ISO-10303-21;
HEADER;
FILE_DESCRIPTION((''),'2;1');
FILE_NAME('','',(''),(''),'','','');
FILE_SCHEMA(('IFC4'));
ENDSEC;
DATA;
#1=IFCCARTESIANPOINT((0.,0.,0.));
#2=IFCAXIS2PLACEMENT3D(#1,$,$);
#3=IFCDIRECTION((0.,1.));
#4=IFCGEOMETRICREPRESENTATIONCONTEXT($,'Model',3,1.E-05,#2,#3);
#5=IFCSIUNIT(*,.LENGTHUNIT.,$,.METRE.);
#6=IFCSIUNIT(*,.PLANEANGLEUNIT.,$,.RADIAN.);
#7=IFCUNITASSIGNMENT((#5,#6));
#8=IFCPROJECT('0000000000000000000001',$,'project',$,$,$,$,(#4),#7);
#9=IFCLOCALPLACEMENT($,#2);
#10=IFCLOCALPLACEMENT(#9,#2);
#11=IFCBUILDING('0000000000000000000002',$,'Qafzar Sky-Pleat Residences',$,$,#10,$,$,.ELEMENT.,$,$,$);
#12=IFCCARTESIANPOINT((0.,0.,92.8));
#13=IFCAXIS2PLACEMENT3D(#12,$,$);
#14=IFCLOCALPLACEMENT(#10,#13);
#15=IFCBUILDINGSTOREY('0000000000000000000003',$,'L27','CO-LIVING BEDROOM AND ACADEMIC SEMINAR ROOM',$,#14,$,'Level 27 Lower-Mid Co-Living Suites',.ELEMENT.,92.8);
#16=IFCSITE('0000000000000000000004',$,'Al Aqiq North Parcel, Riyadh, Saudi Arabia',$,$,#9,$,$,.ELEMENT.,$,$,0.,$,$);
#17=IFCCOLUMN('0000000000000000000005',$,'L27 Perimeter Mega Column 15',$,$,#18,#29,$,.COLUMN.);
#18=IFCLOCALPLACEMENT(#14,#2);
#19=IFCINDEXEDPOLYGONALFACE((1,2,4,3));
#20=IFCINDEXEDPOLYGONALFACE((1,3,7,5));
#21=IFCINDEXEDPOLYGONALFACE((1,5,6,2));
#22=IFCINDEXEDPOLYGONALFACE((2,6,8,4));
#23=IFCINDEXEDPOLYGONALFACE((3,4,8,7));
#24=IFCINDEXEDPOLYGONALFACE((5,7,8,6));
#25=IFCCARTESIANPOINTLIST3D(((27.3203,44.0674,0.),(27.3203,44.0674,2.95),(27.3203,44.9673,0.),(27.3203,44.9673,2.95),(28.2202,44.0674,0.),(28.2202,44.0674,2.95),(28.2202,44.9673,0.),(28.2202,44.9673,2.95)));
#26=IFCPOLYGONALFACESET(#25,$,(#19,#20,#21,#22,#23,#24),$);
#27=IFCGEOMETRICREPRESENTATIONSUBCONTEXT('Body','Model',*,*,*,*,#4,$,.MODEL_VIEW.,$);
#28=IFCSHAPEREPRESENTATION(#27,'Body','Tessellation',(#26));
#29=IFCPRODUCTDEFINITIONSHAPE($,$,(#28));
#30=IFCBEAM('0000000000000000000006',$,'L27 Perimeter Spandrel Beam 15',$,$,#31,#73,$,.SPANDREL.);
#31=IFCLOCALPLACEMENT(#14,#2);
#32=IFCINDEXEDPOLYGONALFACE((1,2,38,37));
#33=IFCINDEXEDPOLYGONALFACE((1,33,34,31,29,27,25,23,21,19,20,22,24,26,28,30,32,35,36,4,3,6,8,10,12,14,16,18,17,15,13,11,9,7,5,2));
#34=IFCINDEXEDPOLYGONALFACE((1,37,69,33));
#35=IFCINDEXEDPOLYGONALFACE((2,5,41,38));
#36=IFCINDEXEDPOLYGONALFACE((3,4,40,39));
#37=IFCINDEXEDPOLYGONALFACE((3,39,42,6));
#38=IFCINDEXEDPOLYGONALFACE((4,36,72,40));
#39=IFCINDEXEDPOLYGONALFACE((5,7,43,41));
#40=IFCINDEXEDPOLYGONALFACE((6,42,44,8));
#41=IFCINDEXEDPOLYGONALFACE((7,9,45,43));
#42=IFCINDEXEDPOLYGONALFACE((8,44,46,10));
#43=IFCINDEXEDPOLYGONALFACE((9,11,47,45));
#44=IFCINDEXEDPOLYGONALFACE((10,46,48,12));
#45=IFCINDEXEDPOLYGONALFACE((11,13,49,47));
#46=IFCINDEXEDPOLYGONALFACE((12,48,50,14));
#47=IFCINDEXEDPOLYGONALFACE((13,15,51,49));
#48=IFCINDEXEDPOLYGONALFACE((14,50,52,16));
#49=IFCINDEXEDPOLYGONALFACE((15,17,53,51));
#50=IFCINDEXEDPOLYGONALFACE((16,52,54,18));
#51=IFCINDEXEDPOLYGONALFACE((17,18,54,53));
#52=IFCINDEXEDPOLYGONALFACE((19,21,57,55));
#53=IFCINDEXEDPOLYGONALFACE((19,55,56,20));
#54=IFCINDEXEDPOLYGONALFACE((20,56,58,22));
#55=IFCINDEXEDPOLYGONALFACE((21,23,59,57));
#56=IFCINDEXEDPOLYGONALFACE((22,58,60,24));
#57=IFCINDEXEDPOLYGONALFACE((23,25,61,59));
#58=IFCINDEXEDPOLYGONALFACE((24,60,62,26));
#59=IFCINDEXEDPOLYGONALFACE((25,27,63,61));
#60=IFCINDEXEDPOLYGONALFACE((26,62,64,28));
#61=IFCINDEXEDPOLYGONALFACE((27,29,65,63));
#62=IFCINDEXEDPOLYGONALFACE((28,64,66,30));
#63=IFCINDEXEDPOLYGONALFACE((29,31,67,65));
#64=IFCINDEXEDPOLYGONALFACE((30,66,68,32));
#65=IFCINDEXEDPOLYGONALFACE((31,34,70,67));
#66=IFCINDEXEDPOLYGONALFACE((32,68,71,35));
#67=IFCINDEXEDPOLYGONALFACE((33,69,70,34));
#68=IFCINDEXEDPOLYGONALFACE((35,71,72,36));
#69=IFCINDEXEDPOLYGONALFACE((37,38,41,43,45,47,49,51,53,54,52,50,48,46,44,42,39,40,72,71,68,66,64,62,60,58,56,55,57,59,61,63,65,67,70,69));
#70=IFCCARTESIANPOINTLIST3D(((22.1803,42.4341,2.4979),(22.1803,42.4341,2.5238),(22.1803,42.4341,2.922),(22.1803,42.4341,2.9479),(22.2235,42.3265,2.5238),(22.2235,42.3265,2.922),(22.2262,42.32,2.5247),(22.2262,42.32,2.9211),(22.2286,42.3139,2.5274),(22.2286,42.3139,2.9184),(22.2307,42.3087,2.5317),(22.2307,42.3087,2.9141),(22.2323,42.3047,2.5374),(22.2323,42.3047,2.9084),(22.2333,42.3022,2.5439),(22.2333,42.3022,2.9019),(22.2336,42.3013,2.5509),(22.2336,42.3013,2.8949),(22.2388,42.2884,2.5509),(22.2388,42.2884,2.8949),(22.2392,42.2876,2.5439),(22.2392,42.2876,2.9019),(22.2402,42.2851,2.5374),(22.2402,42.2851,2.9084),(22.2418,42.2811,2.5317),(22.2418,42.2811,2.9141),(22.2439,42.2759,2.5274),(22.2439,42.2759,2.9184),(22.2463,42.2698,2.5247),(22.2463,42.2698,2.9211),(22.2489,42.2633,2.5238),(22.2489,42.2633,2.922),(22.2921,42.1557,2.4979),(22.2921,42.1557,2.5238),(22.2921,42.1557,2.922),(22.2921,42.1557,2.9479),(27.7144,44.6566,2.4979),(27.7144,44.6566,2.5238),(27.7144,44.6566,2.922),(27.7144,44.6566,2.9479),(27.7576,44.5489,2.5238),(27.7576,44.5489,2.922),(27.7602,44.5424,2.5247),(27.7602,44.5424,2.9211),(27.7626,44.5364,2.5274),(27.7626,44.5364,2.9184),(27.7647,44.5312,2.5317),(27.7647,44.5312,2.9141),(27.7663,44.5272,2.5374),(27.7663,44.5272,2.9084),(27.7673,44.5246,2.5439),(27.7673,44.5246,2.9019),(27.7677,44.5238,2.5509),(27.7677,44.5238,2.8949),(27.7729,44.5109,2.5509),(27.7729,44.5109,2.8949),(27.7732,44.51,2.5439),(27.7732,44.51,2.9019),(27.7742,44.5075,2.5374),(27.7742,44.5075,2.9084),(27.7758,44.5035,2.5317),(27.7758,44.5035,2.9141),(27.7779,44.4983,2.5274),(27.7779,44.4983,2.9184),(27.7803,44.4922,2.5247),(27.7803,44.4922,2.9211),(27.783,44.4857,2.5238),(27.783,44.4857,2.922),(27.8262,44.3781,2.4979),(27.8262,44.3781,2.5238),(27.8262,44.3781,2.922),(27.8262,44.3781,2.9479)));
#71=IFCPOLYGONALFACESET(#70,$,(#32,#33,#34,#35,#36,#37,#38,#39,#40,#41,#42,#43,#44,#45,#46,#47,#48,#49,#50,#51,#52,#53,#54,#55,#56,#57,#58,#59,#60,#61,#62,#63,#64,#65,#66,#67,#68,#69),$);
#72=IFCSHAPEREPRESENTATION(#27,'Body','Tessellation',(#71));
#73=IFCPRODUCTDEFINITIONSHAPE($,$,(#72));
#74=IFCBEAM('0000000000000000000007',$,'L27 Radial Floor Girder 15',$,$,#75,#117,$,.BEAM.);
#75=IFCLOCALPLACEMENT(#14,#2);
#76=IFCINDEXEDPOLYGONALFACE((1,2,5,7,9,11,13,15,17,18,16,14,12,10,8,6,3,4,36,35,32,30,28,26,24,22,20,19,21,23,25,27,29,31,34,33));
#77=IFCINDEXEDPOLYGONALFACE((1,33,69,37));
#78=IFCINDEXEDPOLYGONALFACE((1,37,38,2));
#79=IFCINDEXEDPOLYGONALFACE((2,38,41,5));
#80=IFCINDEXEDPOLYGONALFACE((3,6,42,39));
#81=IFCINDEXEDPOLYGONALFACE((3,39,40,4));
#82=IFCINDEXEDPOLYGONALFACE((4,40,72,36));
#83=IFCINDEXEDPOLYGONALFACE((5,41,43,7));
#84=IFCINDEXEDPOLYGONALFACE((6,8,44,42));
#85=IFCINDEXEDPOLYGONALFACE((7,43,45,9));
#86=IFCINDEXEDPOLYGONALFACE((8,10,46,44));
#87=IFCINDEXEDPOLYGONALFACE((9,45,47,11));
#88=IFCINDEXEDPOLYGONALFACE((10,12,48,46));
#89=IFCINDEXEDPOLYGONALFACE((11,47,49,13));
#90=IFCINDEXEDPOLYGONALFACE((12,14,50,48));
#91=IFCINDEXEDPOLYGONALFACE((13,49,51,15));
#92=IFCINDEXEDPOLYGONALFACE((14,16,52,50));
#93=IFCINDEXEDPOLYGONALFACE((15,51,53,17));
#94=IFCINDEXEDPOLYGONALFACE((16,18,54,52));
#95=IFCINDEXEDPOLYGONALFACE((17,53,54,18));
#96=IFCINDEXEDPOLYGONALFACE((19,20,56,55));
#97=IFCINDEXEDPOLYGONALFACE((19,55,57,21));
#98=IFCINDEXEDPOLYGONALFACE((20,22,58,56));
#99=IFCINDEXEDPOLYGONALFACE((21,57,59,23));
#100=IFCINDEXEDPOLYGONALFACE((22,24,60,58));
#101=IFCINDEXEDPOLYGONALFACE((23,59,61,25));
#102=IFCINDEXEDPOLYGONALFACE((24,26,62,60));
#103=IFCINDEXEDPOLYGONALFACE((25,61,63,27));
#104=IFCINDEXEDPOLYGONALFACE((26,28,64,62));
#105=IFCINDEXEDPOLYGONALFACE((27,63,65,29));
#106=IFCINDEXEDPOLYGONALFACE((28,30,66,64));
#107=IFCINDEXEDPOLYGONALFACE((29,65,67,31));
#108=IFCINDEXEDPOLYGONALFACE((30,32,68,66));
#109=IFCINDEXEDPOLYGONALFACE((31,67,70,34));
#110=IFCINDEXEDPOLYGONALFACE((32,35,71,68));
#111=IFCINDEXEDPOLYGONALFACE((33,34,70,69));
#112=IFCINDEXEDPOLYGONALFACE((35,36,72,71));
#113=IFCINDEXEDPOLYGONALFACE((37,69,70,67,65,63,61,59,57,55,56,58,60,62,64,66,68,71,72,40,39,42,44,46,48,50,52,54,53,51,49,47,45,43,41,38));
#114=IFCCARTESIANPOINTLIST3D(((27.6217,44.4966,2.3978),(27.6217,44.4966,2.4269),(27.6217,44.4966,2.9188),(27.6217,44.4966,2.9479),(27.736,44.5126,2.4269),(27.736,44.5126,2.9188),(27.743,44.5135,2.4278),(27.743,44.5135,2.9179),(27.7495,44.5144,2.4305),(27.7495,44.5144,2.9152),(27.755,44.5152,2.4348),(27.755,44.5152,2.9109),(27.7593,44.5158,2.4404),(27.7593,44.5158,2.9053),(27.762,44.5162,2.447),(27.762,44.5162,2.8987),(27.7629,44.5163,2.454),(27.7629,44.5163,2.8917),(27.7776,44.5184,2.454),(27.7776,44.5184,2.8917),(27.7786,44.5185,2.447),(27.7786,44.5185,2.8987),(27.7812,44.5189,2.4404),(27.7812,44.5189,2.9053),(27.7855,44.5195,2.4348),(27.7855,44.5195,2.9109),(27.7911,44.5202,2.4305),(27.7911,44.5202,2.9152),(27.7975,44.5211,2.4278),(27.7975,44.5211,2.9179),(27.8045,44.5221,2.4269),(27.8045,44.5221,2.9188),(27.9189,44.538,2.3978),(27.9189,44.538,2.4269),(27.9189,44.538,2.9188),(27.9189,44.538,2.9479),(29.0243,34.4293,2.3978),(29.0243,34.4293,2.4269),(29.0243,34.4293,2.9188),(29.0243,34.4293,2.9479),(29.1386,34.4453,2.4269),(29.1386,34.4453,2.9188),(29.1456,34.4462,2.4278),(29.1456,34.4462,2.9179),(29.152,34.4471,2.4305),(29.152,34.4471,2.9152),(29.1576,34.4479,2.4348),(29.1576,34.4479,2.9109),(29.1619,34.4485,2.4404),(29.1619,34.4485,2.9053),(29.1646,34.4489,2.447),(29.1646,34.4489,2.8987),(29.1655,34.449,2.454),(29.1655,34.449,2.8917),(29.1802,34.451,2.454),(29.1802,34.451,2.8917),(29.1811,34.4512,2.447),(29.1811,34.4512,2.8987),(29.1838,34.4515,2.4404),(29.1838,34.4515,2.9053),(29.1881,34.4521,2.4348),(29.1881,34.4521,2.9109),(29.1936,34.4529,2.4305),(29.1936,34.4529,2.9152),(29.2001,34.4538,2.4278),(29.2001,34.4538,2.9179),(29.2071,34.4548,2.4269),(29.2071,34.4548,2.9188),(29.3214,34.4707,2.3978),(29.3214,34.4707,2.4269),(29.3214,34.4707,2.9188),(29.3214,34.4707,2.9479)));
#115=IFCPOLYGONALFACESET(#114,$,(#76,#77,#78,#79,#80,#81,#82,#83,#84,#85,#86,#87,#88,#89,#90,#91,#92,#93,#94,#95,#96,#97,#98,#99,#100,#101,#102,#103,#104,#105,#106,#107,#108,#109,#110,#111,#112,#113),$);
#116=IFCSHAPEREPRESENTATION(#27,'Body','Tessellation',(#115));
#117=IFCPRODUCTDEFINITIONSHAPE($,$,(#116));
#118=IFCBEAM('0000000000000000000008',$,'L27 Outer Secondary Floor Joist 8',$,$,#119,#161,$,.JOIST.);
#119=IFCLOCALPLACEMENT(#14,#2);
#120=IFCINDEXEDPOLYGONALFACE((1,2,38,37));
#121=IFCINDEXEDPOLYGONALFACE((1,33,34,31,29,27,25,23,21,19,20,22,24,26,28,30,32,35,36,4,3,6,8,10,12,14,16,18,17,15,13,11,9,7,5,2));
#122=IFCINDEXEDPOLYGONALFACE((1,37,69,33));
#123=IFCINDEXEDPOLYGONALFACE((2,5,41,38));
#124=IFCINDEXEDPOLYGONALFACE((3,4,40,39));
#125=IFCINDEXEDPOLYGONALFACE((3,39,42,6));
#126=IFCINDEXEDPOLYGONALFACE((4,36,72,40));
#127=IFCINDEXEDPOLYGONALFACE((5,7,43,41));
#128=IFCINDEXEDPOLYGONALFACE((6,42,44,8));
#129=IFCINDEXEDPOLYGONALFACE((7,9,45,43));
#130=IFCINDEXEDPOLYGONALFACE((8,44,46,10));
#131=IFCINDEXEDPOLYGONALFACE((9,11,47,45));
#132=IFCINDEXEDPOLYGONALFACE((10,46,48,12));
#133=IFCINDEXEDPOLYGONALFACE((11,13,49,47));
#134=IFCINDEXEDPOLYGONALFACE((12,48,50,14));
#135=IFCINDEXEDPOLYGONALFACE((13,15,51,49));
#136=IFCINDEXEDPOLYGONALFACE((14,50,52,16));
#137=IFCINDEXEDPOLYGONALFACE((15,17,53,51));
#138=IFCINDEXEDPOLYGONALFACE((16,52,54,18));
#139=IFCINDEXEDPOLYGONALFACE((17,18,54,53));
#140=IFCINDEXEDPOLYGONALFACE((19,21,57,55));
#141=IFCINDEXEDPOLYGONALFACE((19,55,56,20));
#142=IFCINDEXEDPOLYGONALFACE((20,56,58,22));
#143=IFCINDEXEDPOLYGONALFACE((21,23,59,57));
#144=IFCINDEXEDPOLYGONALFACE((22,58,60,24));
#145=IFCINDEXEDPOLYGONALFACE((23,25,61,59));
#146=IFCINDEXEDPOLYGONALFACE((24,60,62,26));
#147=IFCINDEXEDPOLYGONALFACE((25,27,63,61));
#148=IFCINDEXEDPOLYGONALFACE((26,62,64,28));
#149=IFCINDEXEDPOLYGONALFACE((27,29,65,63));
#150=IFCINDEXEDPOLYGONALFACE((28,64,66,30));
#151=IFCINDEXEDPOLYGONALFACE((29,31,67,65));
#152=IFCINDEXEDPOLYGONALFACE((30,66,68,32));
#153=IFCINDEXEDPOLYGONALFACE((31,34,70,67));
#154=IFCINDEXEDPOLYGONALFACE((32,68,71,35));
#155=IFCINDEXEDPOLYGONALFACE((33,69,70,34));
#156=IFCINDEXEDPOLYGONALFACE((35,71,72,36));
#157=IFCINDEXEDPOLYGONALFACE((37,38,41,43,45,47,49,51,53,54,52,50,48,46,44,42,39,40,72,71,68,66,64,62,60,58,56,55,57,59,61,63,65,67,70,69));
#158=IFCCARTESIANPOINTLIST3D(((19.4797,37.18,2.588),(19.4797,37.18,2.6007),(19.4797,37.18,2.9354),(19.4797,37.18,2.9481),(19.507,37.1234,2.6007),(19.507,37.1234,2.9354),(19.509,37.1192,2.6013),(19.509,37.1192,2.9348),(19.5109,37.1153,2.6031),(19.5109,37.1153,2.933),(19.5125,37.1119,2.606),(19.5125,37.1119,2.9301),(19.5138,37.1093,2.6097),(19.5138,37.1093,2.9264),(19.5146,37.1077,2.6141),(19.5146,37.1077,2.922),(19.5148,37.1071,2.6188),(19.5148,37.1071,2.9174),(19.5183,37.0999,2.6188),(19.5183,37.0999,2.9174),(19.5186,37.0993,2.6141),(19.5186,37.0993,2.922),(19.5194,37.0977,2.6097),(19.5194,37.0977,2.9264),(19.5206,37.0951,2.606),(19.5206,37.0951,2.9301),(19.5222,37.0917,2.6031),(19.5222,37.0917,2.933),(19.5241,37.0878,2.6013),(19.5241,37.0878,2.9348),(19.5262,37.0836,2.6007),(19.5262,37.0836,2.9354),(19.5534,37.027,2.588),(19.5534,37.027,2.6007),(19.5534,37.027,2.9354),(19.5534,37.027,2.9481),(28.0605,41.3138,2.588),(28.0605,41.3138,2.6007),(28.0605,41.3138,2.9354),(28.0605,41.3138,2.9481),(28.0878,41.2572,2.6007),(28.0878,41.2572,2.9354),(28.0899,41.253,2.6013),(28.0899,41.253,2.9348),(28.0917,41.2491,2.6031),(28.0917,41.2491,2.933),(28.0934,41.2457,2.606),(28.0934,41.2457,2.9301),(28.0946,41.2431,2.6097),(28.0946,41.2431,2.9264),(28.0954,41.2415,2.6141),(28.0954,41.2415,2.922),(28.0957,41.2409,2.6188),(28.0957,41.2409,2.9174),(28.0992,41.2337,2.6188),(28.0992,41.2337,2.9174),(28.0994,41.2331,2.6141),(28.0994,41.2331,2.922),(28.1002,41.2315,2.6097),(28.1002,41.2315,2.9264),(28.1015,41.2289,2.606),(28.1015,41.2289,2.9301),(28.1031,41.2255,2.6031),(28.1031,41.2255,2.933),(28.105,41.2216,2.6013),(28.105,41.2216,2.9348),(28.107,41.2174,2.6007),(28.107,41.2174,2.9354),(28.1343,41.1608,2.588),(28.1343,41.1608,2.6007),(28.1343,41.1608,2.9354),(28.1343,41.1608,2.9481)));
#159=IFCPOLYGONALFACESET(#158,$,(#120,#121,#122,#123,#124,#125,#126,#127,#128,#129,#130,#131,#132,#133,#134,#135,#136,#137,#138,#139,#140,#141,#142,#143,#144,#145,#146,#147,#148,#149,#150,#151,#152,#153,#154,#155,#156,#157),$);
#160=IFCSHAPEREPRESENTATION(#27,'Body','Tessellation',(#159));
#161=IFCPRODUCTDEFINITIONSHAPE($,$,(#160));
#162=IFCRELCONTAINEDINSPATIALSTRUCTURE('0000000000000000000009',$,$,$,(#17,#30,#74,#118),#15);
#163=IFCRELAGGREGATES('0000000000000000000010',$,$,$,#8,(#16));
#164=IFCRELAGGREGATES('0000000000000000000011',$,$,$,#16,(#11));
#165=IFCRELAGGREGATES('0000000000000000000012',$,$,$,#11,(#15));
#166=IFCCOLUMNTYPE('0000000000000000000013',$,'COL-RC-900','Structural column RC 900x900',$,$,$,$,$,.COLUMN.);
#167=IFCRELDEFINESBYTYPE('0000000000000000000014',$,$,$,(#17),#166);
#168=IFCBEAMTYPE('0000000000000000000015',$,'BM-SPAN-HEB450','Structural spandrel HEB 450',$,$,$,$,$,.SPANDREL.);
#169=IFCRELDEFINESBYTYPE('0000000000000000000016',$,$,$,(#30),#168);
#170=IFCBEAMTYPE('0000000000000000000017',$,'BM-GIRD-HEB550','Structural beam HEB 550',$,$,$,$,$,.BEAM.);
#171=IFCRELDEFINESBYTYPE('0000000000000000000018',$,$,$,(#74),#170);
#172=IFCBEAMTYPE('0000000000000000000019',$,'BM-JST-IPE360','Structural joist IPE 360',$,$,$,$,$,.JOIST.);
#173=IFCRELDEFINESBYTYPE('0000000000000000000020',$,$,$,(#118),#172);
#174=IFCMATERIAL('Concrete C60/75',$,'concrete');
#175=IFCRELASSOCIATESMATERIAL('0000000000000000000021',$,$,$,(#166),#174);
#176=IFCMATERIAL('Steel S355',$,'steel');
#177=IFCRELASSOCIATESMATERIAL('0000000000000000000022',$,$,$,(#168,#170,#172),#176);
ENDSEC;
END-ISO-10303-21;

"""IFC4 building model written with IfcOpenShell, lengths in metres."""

from ifc_helpers import new_model, si_unit, direction, frame, origin, origin_2d, place, context, subcontext, project, spatial, rectangle, i_section, extrude, source, transform, mapped, material, material_profile, profile_set, type_object, element, save


model = new_model("IFC4")

# Units and contexts
model_context = context("Model", 3, precision=1e-05, world=origin(), true_north=direction((0.0, 1.0)))
body_context = subcontext(model_context, "Body", "Model", "MODEL_VIEW")
ifc_project = project(units=[si_unit("LENGTHUNIT", "METRE"), si_unit("PLANEANGLEUNIT", "RADIAN")], contexts=[model_context])

# Site, building, storey
site_placement = place(None, origin())
site = spatial("IfcSite", under=ifc_project, at=site_placement, Name="Al Aqiq North Parcel, Riyadh, Saudi Arabia", CompositionType="ELEMENT", RefElevation=0.0)
building_placement = place(site_placement, origin())
building = spatial("IfcBuilding", under=site, at=building_placement, Name="Qafzar Sky-Pleat Residences", CompositionType="ELEMENT")
storey_placement = place(building_placement, frame((0.0, 0.0, 92.8)))
storey = spatial("IfcBuildingStorey", under=building, at=storey_placement, Name="L27", Description="CO-LIVING BEDROOM AND ACADEMIC SEMINAR ROOM", LongName="Level 27 Lower-Mid Co-Living Suites", CompositionType="ELEMENT", Elevation=92.8)

# Column
ifc_material_1 = material(Name="Concrete C60/75", Category="concrete")
ifc_material_profile_1 = material_profile(ifc_material_1, rectangle(XDim=0.8999, YDim=0.8999, at=origin_2d()), Name="RC 900x900")
ifc_profile_set_1 = profile_set([ifc_material_profile_1], Name="Concrete C60/75")
column_type = type_object("IfcColumnType", Name="COL-RC-900", Description="Structural column RC 900x900", PredefinedType="COLUMN", material=ifc_profile_set_1)
shared_shape_1 = source(origin(), body_context, "Body", "SweptSolid", [
    extrude(rectangle(XDim=0.8999, YDim=0.8999, at=origin_2d()), origin(), (0.0, 0.0, 1.0), 2.95),
])
column_placement = place(storey_placement, frame((27.7703, 44.5173, 0.0), z_axis=(0.0, 0.0, 1.0), x_axis=(1.0, 0.0, 0.0)))
element("IfcColumn", 1, at=column_placement, inside=storey, type_object=column_type, Name="L27 Perimeter Mega Column 15", PredefinedType="COLUMN", context=body_context, shape_type="MappedRepresentation", body=[
    mapped(shared_shape_1, transform((0.0, 0.0, 0.0), x_axis=(1.0, 0.0, 0.0), y_axis=(0.0, 1.0, 0.0), z_axis=(0.0, 0.0, 1.0), scale=1.0)),
])

# Beams
ifc_material_2 = material(Name="Steel S355", Category="steel")
ifc_material_profile_2 = material_profile(ifc_material_2, i_section(OverallWidth=0.3, OverallDepth=0.45, WebThickness=0.0139, FlangeThickness=0.0259, FilletRadius=0.0271, at=origin_2d()), Name="HEB 450")
ifc_profile_set_2 = profile_set([ifc_material_profile_2], Name="Steel S355")
beam_type_1 = type_object("IfcBeamType", Name="BM-SPAN-HEB450", Description="Structural spandrel HEB 450", PredefinedType="SPANDREL", material=ifc_profile_set_2)
shared_shape_2 = source(origin(), body_context, "Body", "SweptSolid", [
    extrude(i_section(OverallWidth=0.3, OverallDepth=0.45, WebThickness=0.0139, FlangeThickness=0.0259, FilletRadius=0.0271, at=origin_2d()), origin(), (0.0, 0.0, 1.0), 5.9636),
])
beam_1_placement = place(storey_placement, frame((27.7703, 44.5173, 2.7229), z_axis=(-0.927965, -0.372668, 0.0), x_axis=(0.372668, -0.927965, 0.0)))
element("IfcBeam", 2, at=beam_1_placement, inside=storey, type_object=beam_type_1, Name="L27 Perimeter Spandrel Beam 15", PredefinedType="SPANDREL", context=body_context, shape_type="MappedRepresentation", body=[
    mapped(shared_shape_2, transform((0.0, 0.0, 0.0), x_axis=(1.0, 0.0, 0.0), y_axis=(0.0, 1.0, 0.0), z_axis=(0.0, 0.0, 1.0), scale=1.0)),
])
ifc_material_profile_3 = material_profile(ifc_material_2, i_section(OverallWidth=0.3, OverallDepth=0.55, WebThickness=0.0149, FlangeThickness=0.0291, FilletRadius=0.0271, at=origin_2d()), Name="HEB 550")
ifc_profile_set_3 = profile_set([ifc_material_profile_3], Name="Steel S355")
beam_type_2 = type_object("IfcBeamType", Name="BM-GIRD-HEB550", Description="Structural beam HEB 550", PredefinedType="BEAM", material=ifc_profile_set_3)
shared_shape_3 = source(origin(), body_context, "Body", "SweptSolid", [
    extrude(i_section(OverallWidth=0.3, OverallDepth=0.55, WebThickness=0.0149, FlangeThickness=0.0291, FilletRadius=0.0271, at=origin_2d()), origin(), (0.0, 0.0, 1.0), 10.1646),
])
beam_2_placement = place(storey_placement, frame((27.7703, 44.5173, 2.6729), z_axis=(0.137987, -0.990434, 0.0), x_axis=(0.990434, 0.137987, 0.0)))
element("IfcBeam", 3, at=beam_2_placement, inside=storey, type_object=beam_type_2, Name="L27 Radial Floor Girder 15", PredefinedType="BEAM", context=body_context, shape_type="MappedRepresentation", body=[
    mapped(shared_shape_3, transform((0.0, 0.0, 0.0), x_axis=(1.0, 0.0, 0.0), y_axis=(0.0, 1.0, 0.0), z_axis=(0.0, 0.0, 1.0), scale=1.0)),
])
ifc_material_profile_4 = material_profile(ifc_material_2, i_section(OverallWidth=0.1699, OverallDepth=0.3601, WebThickness=0.0081, FlangeThickness=0.0127, FilletRadius=0.0181, at=origin_2d()), Name="IPE 360")
ifc_profile_set_4 = profile_set([ifc_material_profile_4], Name="Steel S355")
beam_type_3 = type_object("IfcBeamType", Name="BM-JST-IPE360", Description="Structural joist IPE 360", PredefinedType="JOIST", material=ifc_profile_set_4)
shared_shape_4 = source(origin(), body_context, "Body", "SweptSolid", [
    extrude(i_section(OverallWidth=0.1699, OverallDepth=0.3601, WebThickness=0.0081, FlangeThickness=0.0127, FilletRadius=0.0181, at=origin_2d()), origin(), (0.0, 0.0, 1.0), 9.5247),
])
beam_3_placement = place(storey_placement, frame((28.0974, 41.2373, 2.7681), z_axis=(-0.900908, -0.434011, 0.0), x_axis=(0.434011, -0.900908, 0.0)))
element("IfcBeam", 4, at=beam_3_placement, inside=storey, type_object=beam_type_3, Name="L27 Outer Secondary Floor Joist 8", PredefinedType="JOIST", context=body_context, shape_type="MappedRepresentation", body=[
    mapped(shared_shape_4, transform((0.0, 0.0, 0.0), x_axis=(1.0, 0.0, 0.0), y_axis=(0.0, 1.0, 0.0), z_axis=(0.0, 0.0, 1.0), scale=1.0)),
])

save(model, "model.ifc")
